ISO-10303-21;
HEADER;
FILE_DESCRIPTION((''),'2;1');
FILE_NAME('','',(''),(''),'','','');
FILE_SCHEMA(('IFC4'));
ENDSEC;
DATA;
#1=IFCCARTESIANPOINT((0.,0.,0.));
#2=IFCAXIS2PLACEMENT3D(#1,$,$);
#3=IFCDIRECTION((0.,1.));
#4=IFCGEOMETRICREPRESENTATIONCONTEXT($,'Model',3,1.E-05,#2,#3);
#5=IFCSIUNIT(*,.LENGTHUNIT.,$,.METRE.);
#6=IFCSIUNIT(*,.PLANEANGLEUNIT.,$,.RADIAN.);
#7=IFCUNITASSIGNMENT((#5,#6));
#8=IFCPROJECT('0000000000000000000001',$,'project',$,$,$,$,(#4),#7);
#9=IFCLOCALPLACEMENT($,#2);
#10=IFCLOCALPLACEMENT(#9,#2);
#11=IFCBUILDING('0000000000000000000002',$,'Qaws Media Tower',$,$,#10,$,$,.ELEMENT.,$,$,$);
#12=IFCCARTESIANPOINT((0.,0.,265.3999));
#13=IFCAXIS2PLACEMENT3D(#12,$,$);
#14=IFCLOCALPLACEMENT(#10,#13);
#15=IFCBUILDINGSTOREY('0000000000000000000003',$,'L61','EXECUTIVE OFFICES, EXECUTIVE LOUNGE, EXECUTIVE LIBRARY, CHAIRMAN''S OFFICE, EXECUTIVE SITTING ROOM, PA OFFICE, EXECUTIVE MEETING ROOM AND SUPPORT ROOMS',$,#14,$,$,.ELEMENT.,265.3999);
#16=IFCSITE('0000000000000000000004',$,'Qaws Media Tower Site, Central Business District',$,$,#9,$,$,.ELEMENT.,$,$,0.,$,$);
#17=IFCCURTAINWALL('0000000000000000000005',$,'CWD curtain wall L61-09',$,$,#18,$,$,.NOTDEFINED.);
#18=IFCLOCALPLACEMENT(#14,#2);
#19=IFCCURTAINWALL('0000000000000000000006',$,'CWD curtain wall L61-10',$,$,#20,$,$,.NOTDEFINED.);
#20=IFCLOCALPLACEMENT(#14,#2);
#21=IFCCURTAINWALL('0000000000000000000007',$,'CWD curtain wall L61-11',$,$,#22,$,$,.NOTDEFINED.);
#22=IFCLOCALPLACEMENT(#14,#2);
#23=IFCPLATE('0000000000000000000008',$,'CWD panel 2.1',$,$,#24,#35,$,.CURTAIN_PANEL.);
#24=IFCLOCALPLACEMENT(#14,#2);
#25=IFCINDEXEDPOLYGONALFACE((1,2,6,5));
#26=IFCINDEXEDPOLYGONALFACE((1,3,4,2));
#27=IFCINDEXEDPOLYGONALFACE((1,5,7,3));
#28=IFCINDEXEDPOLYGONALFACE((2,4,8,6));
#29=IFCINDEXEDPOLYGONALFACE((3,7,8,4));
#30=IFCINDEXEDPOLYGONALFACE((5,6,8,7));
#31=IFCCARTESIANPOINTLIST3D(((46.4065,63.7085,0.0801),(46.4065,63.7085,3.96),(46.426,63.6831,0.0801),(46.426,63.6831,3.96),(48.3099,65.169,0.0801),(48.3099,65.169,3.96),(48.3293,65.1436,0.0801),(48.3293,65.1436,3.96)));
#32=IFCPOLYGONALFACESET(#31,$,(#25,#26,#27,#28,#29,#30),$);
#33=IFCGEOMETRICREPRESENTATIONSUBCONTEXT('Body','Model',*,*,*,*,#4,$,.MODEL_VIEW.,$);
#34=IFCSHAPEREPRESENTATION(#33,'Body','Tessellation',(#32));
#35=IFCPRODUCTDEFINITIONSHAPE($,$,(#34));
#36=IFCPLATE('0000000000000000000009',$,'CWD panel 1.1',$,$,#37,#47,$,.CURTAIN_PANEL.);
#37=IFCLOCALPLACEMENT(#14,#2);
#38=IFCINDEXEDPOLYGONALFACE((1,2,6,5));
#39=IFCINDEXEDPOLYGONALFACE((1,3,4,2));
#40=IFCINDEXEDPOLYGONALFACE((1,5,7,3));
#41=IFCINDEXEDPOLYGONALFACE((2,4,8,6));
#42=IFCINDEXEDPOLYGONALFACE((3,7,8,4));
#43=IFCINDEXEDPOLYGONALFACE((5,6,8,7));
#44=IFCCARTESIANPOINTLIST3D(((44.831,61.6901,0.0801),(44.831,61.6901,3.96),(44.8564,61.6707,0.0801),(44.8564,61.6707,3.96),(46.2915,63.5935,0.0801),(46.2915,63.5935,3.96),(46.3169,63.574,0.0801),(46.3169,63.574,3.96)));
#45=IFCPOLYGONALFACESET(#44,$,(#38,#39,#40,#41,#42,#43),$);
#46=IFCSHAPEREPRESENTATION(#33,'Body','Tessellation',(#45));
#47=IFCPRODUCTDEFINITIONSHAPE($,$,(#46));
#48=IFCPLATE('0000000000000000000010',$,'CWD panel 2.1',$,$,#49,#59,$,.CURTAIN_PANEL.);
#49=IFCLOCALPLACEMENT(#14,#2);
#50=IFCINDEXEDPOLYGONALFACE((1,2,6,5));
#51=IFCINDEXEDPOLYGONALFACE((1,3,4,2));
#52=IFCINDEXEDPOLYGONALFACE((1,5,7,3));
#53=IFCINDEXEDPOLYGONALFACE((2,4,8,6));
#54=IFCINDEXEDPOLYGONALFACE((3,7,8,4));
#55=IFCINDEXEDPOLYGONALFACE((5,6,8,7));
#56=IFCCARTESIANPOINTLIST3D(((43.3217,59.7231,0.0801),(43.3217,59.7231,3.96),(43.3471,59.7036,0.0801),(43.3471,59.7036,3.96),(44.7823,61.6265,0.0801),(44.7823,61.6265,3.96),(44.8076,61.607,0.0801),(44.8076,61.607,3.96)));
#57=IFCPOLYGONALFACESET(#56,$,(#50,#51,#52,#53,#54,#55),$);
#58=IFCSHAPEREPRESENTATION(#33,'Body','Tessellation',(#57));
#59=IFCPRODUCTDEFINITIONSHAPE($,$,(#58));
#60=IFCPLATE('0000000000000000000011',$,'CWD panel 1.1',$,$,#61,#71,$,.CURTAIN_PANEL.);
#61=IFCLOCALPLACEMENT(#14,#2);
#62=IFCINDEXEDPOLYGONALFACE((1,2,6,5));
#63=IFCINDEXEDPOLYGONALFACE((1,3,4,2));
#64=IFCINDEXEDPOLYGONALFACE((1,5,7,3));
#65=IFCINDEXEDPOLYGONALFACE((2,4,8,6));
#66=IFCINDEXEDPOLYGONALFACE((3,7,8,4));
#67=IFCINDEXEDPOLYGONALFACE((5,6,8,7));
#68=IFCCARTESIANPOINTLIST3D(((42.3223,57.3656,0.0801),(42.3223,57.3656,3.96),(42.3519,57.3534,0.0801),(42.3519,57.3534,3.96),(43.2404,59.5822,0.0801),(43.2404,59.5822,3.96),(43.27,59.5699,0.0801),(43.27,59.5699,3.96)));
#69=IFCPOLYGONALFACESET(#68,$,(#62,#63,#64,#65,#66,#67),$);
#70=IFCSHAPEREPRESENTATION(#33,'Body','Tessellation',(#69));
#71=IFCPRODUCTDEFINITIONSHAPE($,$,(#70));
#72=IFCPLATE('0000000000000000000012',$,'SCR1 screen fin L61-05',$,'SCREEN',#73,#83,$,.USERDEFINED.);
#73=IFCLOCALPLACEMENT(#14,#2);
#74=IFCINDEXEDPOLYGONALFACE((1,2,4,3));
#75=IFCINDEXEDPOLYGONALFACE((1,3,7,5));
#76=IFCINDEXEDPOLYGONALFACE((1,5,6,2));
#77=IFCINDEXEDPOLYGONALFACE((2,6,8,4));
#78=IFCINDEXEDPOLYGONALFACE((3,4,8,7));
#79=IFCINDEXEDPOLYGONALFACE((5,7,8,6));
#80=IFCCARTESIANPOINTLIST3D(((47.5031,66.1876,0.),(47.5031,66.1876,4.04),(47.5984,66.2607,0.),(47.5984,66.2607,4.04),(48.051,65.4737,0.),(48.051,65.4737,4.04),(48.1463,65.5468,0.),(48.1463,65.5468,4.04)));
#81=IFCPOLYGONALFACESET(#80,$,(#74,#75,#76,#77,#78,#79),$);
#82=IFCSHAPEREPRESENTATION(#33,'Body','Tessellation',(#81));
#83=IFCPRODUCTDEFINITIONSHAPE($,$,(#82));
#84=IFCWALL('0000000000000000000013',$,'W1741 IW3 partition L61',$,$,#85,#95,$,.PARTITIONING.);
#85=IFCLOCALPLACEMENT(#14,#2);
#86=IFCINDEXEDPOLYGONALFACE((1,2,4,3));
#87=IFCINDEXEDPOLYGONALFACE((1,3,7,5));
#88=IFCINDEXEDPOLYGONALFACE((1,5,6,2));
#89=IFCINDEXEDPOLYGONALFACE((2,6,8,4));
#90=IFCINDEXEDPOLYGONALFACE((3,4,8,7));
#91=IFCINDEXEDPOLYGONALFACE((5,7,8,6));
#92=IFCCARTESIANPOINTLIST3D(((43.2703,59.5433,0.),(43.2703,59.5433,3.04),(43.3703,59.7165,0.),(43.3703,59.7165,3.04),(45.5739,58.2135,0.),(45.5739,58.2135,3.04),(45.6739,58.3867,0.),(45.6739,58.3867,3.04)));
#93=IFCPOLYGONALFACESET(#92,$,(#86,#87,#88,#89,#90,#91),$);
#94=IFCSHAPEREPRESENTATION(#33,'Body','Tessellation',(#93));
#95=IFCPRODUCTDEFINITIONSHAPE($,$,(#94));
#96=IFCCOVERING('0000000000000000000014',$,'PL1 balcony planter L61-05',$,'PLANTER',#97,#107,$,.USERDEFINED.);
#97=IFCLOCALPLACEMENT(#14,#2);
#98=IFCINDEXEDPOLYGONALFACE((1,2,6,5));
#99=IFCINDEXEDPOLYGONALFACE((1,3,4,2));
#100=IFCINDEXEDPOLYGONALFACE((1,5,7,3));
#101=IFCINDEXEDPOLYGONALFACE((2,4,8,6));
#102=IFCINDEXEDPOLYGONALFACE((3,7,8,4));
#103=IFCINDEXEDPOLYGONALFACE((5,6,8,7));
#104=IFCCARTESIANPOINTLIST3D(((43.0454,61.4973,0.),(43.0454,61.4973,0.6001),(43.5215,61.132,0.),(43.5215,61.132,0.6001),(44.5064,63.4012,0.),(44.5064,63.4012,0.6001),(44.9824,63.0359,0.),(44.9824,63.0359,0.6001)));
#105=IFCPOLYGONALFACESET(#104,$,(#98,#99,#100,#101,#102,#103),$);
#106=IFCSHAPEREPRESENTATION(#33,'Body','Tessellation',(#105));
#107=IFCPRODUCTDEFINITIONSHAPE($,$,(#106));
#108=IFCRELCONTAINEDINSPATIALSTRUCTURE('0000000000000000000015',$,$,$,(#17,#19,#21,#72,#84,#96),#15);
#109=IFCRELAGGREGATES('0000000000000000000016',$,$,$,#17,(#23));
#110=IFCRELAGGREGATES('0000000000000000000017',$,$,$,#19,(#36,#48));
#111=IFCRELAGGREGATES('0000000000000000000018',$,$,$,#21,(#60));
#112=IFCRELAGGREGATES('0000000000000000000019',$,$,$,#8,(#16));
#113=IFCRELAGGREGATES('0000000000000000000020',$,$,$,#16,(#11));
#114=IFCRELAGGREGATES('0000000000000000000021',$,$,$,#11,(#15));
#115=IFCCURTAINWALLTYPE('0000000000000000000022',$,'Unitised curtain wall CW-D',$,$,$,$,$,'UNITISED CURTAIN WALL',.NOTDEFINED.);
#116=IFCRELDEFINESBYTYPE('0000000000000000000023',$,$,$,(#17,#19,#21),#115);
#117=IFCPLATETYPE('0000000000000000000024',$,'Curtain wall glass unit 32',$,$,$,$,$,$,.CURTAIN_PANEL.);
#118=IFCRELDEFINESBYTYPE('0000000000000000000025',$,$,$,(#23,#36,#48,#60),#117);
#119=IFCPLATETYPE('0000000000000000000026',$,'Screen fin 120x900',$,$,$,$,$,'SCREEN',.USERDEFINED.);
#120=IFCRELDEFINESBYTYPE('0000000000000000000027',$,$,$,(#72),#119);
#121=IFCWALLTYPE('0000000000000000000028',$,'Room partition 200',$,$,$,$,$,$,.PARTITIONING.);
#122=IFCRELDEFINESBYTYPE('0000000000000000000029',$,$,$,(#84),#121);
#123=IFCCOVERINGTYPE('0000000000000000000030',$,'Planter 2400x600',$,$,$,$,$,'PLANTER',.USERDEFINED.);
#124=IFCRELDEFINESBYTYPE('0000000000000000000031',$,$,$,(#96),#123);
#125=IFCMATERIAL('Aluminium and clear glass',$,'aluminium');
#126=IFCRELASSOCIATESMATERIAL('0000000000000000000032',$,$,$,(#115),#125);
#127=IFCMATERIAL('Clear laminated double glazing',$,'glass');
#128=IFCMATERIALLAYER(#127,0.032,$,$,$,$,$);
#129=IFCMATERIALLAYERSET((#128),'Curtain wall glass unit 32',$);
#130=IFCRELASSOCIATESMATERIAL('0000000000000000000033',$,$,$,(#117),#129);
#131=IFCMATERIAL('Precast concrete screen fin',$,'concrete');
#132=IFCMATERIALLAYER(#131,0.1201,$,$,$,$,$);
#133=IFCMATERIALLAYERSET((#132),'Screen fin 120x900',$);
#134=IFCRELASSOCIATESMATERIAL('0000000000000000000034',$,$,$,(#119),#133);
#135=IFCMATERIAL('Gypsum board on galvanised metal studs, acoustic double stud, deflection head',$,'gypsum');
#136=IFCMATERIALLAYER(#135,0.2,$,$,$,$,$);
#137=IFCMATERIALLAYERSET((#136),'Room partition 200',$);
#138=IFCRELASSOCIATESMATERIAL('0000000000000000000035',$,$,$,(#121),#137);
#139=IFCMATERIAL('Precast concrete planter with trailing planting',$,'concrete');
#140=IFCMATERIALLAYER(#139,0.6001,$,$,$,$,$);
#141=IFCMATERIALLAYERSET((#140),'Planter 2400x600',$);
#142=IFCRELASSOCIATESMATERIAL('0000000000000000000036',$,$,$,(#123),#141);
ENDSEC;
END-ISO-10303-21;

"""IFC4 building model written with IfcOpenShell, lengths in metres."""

from ifc_helpers import new_model, si_unit, direction, frame, frame_2d, origin, origin_2d, place, context, subcontext, project, spatial, rectangle, extrude, material, layer, layer_set, type_object, element, aggregate, save


model = new_model("IFC4")

# Units and contexts
model_context = context("Model", 3, precision=1e-05, world=origin(), true_north=direction((0.0, 1.0)))
body_context = subcontext(model_context, "Body", "Model", "MODEL_VIEW")
ifc_project = project(units=[si_unit("LENGTHUNIT", "METRE"), si_unit("PLANEANGLEUNIT", "RADIAN")], contexts=[model_context])

# Site, building, storey
site_placement = place(None, origin())
site = spatial("IfcSite", under=ifc_project, at=site_placement, Name="Qaws Media Tower Site, Central Business District", CompositionType="ELEMENT", RefElevation=0.0)
building_placement = place(site_placement, origin())
building = spatial("IfcBuilding", under=site, at=building_placement, Name="Qaws Media Tower", CompositionType="ELEMENT")
storey_placement = place(building_placement, frame((0.0, 0.0, 265.3999)))
storey = spatial("IfcBuildingStorey", under=building, at=storey_placement, Name="L61", Description="EXECUTIVE OFFICES, EXECUTIVE LOUNGE, EXECUTIVE LIBRARY, CHAIRMAN'S OFFICE, EXECUTIVE SITTING ROOM, PA OFFICE, EXECUTIVE MEETING ROOM AND SUPPORT ROOMS", CompositionType="ELEMENT", Elevation=265.3999)

# Curtain wall
ifc_material_1 = material(Name="Aluminium and clear glass", Category="aluminium")
curtain_wall_type = type_object("IfcCurtainWallType", Name="Unitised curtain wall CW-D", ElementType="UNITISED CURTAIN WALL", PredefinedType="NOTDEFINED", material=ifc_material_1)
curtain_wall_1_placement = place(storey_placement, origin())
curtain_wall_1 = element("IfcCurtainWall", 1, at=curtain_wall_1_placement, inside=storey, type_object=curtain_wall_type, Name="CWD curtain wall L61-09", PredefinedType="NOTDEFINED")

# Curtain wall
curtain_wall_2_placement = place(storey_placement, origin())
curtain_wall_2 = element("IfcCurtainWall", 2, at=curtain_wall_2_placement, inside=storey, type_object=curtain_wall_type, Name="CWD curtain wall L61-10", PredefinedType="NOTDEFINED")

# Curtain wall
curtain_wall_3_placement = place(storey_placement, origin())
curtain_wall_3 = element("IfcCurtainWall", 3, at=curtain_wall_3_placement, inside=storey, type_object=curtain_wall_type, Name="CWD curtain wall L61-11", PredefinedType="NOTDEFINED")

# Plates
ifc_material_2 = material(Name="Clear laminated double glazing", Category="glass")
ifc_layer_1 = layer(ifc_material_2, 0.032)
ifc_layer_set_1 = layer_set([ifc_layer_1], Name="Curtain wall glass unit 32")
plate_type_1 = type_object("IfcPlateType", Name="Curtain wall glass unit 32", PredefinedType="CURTAIN_PANEL", material=ifc_layer_set_1)
plate_1_placement = place(storey_placement, frame((47.3679, 64.426, 0.0801), z_axis=(0.0, 0.0, 1.0), x_axis=(-0.793353, -0.608761, 0.0)))
plate_1 = element("IfcPlate", 4, at=plate_1_placement, type_object=plate_type_1, Name="CWD panel 2.1", PredefinedType="CURTAIN_PANEL", context=body_context, shape_type="SweptSolid", body=[
    extrude(rectangle(XDim=2.3992, YDim=0.032, at=origin_2d()), origin(), (0.0, 0.0, 1.0), 3.8799),
])
aggregate(curtain_wall_1, [plate_1])
plate_2_placement = place(storey_placement, frame((45.574, 62.6321, 0.0801), z_axis=(0.0, 0.0, 1.0), x_axis=(-0.608761, -0.793353, 0.0)))
plate_2 = element("IfcPlate", 5, at=plate_2_placement, type_object=plate_type_1, Name="CWD panel 1.1", PredefinedType="CURTAIN_PANEL", context=body_context, shape_type="SweptSolid", body=[
    extrude(rectangle(XDim=2.3992, YDim=0.032, at=origin_2d()), origin(), (0.0, 0.0, 1.0), 3.8799),
])
plate_3_placement = place(storey_placement, frame((44.0647, 60.665, 0.0801), z_axis=(0.0, 0.0, 1.0), x_axis=(-0.608761, -0.793353, 0.0)))
plate_3 = element("IfcPlate", 6, at=plate_3_placement, type_object=plate_type_1, Name="CWD panel 2.1", PredefinedType="CURTAIN_PANEL", context=body_context, shape_type="SweptSolid", body=[
    extrude(rectangle(XDim=2.3992, YDim=0.032, at=origin_2d()), origin(), (0.0, 0.0, 1.0), 3.8799),
])
aggregate(curtain_wall_2, [plate_2, plate_3])
plate_4_placement = place(storey_placement, frame((42.7961, 58.4678, 0.0801), z_axis=(0.0, 0.0, 1.0), x_axis=(-0.382683, -0.92388, 0.0)))
plate_4 = element("IfcPlate", 7, at=plate_4_placement, type_object=plate_type_1, Name="CWD panel 1.1", PredefinedType="CURTAIN_PANEL", context=body_context, shape_type="SweptSolid", body=[
    extrude(rectangle(XDim=2.3992, YDim=0.032, at=origin_2d()), origin(), (0.0, 0.0, 1.0), 3.8799),
])
aggregate(curtain_wall_3, [plate_4])
ifc_material_3 = material(Name="Precast concrete screen fin", Category="concrete")
ifc_layer_2 = layer(ifc_material_3, 0.1201)
ifc_layer_set_2 = layer_set([ifc_layer_2], Name="Screen fin 120x900")
plate_type_2 = type_object("IfcPlateType", Name="Screen fin 120x900", ElementType="SCREEN", PredefinedType="USERDEFINED", material=ifc_layer_set_2)
plate_5_placement = place(storey_placement, frame((47.8247, 65.8672, 0.0), z_axis=(0.0, 0.0, 1.0), x_axis=(-0.608761, 0.793353, 0.0)))
element("IfcPlate", 8, at=plate_5_placement, inside=storey, type_object=plate_type_2, Name="SCR1 screen fin L61-05", ObjectType="SCREEN", PredefinedType="USERDEFINED", context=body_context, shape_type="SweptSolid", body=[
    extrude(rectangle(XDim=0.8999, YDim=0.1201, at=origin_2d()), origin(), (0.0, 0.0, 1.0), 4.04),
])

# Shared definitions
ifc_material_4 = material(Name="Gypsum board on galvanised metal studs, acoustic double stud, deflection head", Category="gypsum")
ifc_layer_3 = layer(ifc_material_4, 0.2)
ifc_layer_set_3 = layer_set([ifc_layer_3], Name="Room partition 200")
wall_type = type_object("IfcWallType", Name="Room partition 200", PredefinedType="PARTITIONING", material=ifc_layer_set_3)

# Wall
wall_1_placement = place(storey_placement, frame((45.624, 58.3, 0.0), z_axis=(0.0, 0.0, 1.0), x_axis=(-0.86606, 0.49994, 0.0)))
element("IfcWall", 9, at=wall_1_placement, inside=storey, type_object=wall_type, Name="W1741 IW3 partition L61", PredefinedType="PARTITIONING", context=body_context, shape_type="SweptSolid", body=[
    extrude(rectangle(XDim=2.6599, YDim=0.2, at=frame_2d((1.3301, 0.0))), origin(), (0.0, 0.0, 1.0), 3.04),
])

# Covering
ifc_material_5 = material(Name="Precast concrete planter with trailing planting", Category="concrete")
ifc_layer_4 = layer(ifc_material_5, 0.6001)
ifc_layer_set_4 = layer_set([ifc_layer_4], Name="Planter 2400x600")
covering_type = type_object("IfcCoveringType", Name="Planter 2400x600", ElementType="PLANTER", PredefinedType="USERDEFINED", material=ifc_layer_set_4)
covering_placement = place(storey_placement, frame((44.0139, 62.2666, 0.0), z_axis=(0.0, 0.0, 1.0), x_axis=(-0.608761, -0.793353, 0.0)))
element("IfcCovering", 10, at=covering_placement, inside=storey, type_object=covering_type, Name="PL1 balcony planter L61-05", ObjectType="PLANTER", PredefinedType="USERDEFINED", context=body_context, shape_type="SweptSolid", body=[
    extrude(rectangle(XDim=2.3999, YDim=0.6001, at=origin_2d()), origin(), (0.0, 0.0, 1.0), 0.6001),
])

save(model, "model.ifc")
